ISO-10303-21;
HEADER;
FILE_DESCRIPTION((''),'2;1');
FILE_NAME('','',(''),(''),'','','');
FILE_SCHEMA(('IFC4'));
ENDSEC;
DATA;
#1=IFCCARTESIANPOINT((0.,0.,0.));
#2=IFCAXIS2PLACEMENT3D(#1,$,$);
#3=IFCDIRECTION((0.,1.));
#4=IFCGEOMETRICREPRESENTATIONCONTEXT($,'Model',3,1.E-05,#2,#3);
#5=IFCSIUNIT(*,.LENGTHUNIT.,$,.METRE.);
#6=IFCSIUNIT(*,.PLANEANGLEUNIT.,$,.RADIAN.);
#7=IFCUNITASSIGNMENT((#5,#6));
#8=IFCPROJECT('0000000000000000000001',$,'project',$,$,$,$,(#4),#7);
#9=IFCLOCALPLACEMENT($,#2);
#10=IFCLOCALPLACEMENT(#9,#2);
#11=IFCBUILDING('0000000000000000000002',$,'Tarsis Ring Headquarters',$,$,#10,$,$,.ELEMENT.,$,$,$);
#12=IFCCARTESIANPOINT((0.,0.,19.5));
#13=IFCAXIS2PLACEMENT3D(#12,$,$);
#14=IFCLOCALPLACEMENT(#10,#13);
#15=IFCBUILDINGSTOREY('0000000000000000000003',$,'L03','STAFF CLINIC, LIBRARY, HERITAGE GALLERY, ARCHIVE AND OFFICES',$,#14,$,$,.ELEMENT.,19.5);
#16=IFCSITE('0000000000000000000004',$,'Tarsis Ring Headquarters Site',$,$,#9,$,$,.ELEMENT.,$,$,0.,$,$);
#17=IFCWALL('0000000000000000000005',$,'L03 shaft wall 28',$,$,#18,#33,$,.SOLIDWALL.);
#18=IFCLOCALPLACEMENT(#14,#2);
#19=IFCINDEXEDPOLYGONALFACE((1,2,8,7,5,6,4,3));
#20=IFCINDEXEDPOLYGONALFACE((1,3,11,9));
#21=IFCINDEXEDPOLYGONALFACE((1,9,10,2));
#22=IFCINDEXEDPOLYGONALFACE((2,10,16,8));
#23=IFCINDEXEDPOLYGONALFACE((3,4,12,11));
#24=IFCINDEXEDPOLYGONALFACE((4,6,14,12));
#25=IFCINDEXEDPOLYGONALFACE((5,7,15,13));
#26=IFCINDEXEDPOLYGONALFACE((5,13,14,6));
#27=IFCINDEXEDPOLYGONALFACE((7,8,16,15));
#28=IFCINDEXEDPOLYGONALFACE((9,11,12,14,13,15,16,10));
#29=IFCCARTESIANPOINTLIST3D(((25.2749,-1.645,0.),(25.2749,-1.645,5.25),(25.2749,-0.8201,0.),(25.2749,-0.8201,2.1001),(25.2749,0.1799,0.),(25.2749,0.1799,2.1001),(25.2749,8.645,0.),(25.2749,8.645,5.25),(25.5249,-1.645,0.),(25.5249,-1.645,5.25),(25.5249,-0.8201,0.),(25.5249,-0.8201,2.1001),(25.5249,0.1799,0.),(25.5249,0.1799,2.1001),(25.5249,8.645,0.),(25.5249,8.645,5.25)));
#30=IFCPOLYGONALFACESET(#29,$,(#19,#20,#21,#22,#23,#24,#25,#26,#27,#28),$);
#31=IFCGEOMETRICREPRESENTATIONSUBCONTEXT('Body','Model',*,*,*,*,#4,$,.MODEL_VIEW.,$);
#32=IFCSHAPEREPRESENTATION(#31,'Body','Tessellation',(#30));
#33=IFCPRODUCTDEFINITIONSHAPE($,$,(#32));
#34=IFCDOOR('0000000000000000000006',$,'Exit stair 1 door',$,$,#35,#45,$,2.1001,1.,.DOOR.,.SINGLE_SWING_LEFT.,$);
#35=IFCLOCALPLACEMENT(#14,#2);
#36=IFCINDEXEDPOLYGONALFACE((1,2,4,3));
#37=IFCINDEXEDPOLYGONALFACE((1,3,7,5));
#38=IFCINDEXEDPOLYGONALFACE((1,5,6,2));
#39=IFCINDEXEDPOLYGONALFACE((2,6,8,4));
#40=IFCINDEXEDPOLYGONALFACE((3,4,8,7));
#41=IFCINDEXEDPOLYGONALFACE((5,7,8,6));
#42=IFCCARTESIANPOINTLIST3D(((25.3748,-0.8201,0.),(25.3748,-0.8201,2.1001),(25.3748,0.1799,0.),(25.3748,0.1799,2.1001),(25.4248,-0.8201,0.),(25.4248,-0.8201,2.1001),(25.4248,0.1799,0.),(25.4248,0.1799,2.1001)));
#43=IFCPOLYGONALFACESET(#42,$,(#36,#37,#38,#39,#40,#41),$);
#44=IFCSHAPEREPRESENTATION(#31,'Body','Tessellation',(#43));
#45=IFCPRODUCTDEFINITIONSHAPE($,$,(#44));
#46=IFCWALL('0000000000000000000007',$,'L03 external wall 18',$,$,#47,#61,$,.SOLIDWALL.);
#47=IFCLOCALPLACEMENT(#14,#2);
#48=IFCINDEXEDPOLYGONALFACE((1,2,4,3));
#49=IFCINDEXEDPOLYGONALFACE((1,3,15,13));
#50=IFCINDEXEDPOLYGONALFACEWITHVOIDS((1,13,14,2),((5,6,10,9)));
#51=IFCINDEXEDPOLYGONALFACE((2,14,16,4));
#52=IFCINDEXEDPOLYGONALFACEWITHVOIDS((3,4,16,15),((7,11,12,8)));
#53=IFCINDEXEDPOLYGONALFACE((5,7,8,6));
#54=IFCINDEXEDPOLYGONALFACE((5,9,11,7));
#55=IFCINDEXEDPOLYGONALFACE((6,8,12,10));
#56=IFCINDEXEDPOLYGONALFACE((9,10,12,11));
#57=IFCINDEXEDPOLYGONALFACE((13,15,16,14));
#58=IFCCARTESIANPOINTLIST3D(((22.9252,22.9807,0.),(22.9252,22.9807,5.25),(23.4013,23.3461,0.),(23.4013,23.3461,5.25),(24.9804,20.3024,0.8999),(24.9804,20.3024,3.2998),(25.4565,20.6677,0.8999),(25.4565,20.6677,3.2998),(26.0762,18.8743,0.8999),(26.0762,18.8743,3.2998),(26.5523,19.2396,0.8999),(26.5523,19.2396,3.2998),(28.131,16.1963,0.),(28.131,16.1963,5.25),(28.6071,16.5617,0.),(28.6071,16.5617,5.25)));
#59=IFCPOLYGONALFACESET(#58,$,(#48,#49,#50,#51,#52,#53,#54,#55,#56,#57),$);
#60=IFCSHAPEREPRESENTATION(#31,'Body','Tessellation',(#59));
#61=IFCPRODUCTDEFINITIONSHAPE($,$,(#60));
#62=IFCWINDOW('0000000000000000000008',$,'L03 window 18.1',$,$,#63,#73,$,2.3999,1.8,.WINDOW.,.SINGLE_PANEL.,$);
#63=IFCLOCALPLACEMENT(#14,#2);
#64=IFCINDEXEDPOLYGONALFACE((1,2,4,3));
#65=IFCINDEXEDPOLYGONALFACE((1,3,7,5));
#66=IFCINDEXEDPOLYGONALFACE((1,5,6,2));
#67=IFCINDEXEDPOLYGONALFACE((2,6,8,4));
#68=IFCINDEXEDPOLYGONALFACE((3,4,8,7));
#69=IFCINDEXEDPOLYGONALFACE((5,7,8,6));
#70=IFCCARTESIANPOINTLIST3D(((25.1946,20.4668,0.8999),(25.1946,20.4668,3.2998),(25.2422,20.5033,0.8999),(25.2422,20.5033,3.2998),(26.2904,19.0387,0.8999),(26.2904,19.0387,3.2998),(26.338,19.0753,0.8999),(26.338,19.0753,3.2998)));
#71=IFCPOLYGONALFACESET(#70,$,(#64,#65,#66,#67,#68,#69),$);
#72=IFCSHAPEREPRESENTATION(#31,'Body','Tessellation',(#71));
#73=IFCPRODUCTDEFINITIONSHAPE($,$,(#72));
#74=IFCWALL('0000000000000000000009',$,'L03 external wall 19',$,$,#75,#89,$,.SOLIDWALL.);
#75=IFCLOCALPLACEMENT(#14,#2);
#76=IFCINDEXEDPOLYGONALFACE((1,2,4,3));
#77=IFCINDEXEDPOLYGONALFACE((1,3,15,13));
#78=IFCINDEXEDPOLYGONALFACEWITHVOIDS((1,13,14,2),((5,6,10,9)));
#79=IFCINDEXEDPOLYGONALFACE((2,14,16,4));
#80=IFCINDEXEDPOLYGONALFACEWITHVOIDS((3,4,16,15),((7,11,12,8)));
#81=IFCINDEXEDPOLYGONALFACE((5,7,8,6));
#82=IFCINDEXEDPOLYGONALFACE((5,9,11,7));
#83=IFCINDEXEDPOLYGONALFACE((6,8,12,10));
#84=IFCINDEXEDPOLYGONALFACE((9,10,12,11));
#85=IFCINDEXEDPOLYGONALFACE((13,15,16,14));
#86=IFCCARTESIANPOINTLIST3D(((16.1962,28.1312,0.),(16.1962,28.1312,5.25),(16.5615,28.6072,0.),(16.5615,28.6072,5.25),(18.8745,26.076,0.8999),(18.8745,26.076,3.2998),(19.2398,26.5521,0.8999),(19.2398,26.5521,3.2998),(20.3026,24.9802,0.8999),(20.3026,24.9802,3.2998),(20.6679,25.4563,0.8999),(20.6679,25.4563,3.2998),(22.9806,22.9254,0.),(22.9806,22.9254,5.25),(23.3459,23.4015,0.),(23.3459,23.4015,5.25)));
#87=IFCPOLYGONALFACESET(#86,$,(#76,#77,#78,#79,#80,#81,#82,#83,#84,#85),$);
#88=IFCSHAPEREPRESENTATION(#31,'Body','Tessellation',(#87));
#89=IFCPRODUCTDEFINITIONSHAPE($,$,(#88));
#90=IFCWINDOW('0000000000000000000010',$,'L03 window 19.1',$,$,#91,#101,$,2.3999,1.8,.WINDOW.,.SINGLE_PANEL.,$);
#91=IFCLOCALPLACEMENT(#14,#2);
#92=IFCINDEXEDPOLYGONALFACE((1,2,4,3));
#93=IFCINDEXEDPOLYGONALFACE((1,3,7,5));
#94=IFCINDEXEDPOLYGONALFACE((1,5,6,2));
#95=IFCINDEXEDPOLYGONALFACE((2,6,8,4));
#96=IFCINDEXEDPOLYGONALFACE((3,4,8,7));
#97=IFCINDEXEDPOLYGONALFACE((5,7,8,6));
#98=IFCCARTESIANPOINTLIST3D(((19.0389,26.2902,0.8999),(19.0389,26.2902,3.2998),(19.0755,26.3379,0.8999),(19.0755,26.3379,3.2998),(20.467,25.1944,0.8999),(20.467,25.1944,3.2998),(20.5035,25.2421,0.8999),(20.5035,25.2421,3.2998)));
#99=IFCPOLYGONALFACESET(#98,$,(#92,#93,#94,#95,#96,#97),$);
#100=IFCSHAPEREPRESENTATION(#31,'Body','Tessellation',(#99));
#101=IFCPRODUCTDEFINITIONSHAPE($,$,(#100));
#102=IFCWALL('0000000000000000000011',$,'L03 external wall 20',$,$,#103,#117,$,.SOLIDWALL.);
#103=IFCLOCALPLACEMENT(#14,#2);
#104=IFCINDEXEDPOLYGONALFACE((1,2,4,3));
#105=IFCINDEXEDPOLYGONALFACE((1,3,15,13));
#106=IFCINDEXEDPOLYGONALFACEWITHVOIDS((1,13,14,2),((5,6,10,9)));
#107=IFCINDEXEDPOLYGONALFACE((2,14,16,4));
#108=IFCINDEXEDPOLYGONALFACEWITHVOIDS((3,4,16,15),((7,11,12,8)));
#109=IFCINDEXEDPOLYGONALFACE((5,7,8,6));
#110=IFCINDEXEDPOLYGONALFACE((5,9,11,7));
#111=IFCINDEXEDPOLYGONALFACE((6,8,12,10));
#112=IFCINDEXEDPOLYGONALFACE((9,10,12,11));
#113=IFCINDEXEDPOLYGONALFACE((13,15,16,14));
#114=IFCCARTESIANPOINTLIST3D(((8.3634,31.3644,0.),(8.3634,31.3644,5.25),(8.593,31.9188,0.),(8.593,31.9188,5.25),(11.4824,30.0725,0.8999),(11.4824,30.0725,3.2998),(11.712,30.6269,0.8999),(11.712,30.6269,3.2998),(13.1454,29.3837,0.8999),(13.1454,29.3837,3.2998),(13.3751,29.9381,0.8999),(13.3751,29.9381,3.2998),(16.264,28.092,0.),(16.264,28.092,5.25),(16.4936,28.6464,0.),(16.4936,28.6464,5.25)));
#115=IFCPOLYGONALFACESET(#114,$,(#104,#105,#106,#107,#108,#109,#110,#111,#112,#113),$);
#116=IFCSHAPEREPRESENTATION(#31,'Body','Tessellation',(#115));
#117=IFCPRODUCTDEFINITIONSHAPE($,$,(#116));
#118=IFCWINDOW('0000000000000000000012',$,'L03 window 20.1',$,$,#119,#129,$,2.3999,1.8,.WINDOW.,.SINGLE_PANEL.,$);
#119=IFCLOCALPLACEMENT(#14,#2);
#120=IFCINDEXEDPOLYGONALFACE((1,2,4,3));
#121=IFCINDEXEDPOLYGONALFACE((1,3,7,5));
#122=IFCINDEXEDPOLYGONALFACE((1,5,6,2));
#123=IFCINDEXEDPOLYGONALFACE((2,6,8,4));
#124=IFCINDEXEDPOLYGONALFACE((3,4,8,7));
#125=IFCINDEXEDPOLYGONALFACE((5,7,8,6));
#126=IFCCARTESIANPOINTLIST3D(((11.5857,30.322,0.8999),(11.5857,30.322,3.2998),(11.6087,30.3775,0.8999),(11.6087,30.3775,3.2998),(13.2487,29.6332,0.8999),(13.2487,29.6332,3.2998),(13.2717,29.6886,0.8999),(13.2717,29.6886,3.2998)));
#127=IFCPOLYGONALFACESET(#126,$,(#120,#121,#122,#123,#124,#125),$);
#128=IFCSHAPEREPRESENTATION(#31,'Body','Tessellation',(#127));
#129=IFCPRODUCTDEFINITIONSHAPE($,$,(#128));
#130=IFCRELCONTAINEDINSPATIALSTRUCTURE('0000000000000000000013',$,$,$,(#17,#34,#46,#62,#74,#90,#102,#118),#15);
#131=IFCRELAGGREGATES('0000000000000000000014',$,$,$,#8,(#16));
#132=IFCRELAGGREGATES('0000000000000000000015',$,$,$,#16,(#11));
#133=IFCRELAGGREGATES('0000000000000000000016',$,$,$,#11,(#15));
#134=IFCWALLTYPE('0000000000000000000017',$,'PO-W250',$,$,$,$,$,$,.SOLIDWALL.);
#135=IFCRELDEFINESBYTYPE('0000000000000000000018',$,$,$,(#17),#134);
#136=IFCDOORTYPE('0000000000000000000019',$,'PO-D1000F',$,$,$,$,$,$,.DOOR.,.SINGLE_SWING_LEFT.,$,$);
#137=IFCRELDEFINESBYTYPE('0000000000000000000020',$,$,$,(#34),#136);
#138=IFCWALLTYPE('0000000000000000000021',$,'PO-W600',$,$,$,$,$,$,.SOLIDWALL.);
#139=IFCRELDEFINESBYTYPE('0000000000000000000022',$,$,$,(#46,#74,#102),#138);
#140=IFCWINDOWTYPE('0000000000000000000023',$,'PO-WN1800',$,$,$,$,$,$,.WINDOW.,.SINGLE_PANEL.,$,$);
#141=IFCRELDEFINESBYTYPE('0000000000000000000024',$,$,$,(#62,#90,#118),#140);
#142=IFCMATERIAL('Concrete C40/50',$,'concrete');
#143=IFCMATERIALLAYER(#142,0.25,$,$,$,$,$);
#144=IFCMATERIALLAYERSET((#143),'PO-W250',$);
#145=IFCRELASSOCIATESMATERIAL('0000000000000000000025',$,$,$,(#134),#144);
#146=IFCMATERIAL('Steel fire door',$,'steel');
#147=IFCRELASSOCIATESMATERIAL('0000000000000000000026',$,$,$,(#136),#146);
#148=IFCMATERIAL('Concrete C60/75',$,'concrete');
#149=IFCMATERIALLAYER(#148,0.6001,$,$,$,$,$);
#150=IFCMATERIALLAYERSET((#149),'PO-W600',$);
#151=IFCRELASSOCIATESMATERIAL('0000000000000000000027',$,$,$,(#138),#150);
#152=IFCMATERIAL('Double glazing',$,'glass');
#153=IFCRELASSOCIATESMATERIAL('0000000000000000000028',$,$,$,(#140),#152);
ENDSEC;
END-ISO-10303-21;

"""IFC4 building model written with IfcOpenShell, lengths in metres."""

from ifc_helpers import new_model, si_unit, direction, frame, frame_2d, origin, place, context, subcontext, project, spatial, rectangle, extrude, material, layer, layer_set, type_object, element, fill, save


model = new_model("IFC4")

# Units and contexts
model_context = context("Model", 3, precision=1e-05, world=origin(), true_north=direction((0.0, 1.0)))
body_context = subcontext(model_context, "Body", "Model", "MODEL_VIEW")
ifc_project = project(units=[si_unit("LENGTHUNIT", "METRE"), si_unit("PLANEANGLEUNIT", "RADIAN")], contexts=[model_context])

# Site, building, storey
site_placement = place(None, origin())
site = spatial("IfcSite", under=ifc_project, at=site_placement, Name="Tarsis Ring Headquarters Site", CompositionType="ELEMENT", RefElevation=0.0)
building_placement = place(site_placement, origin())
building = spatial("IfcBuilding", under=site, at=building_placement, Name="Tarsis Ring Headquarters", CompositionType="ELEMENT")
storey_placement = place(building_placement, frame((0.0, 0.0, 19.5)))
storey = spatial("IfcBuildingStorey", under=building, at=storey_placement, Name="L03", Description="STAFF CLINIC, LIBRARY, HERITAGE GALLERY, ARCHIVE AND OFFICES", CompositionType="ELEMENT", Elevation=19.5)

# Shared definitions
ifc_material_1 = material(Name="Concrete C60/75", Category="concrete")

# Shared definitions
ifc_material_2 = material(Name="Concrete C40/50", Category="concrete")

# Wall, opening, door
ifc_layer_1 = layer(ifc_material_2, 0.25)
ifc_layer_set_1 = layer_set([ifc_layer_1], Name="PO-W250")
wall_type_1 = type_object("IfcWallType", Name="PO-W250", PredefinedType="SOLIDWALL", material=ifc_layer_set_1)
wall_1_placement = place(storey_placement, frame((25.3999, 8.645, 0.0), z_axis=(0.0, 0.0, 1.0), x_axis=(0.0, -1.0, 0.0)))
wall_1 = element("IfcWall", 1, at=wall_1_placement, inside=storey, type_object=wall_type_1, Name="L03 shaft wall 28", PredefinedType="SOLIDWALL", context=body_context, shape_type="SweptSolid", body=[
    extrude(rectangle(XDim=10.29, YDim=0.25, at=frame_2d((5.145, 0.0))), origin(), (0.0, 0.0, 1.0), 5.25),
])
opening_1_placement = place(wall_1_placement, frame((8.4651, 0.0, 0.0)))
opening_1 = element("IfcOpeningElement", 2, at=opening_1_placement, cuts=wall_1, PredefinedType="OPENING", context=body_context, shape_type="SweptSolid", body=[
    extrude(rectangle(XDim=1.0, YDim=2.1001, at=frame_2d((0.5, 1.05))), frame((0.0, 0.135, 0.0), z_axis=(0.0, -1.0, 0.0), x_axis=(1.0, 0.0, 0.0)), (0.0, 0.0, 1.0), 0.27),
])
ifc_material_3 = material(Name="Steel fire door", Category="steel")
door_type_1 = type_object("IfcDoorType", Name="PO-D1000F", OperationType="SINGLE_SWING_LEFT", PredefinedType="DOOR", material=ifc_material_3)
door_1_placement = place(opening_1_placement, origin())
door_1 = element("IfcDoor", 3, at=door_1_placement, inside=storey, type_object=door_type_1, Name="Exit stair 1 door", OperationType="SINGLE_SWING_LEFT", OverallHeight=2.1001, OverallWidth=1.0, PredefinedType="DOOR", context=body_context, shape_type="SweptSolid", body=[
    extrude(rectangle(XDim=1.0, YDim=2.1001, at=frame_2d((0.5, 1.05))), frame((0.0, 0.0249, 0.0), z_axis=(0.0, -1.0, 0.0), x_axis=(1.0, 0.0, 0.0)), (0.0, 0.0, 1.0), 0.05),
])
fill(opening_1, door_1)

# Walls, openings, windows
ifc_layer_2 = layer(ifc_material_1, 0.6001)
ifc_layer_set_2 = layer_set([ifc_layer_2], Name="PO-W600")
wall_type_2 = type_object("IfcWallType", Name="PO-W600", PredefinedType="SOLIDWALL", material=ifc_layer_set_2)
wall_2_placement = place(storey_placement, frame((28.3691, 16.3789, 0.0), z_axis=(0.0, 0.0, 1.0), x_axis=(-0.608757, 0.793357, 0.0)))
wall_2 = element("IfcWall", 4, at=wall_2_placement, inside=storey, type_object=wall_type_2, Name="L03 external wall 18", PredefinedType="SOLIDWALL", context=body_context, shape_type="SweptSolid", body=[
    extrude(rectangle(XDim=8.5515, YDim=0.6001, at=frame_2d((4.2759, 0.0))), origin(), (0.0, 0.0, 1.0), 5.25),
])
opening_2_placement = place(wall_2_placement, frame((3.3757, 0.0, 0.8999)))
opening_2 = element("IfcOpeningElement", 5, at=opening_2_placement, cuts=wall_2, PredefinedType="OPENING", context=body_context, shape_type="SweptSolid", body=[
    extrude(rectangle(XDim=1.8, YDim=2.3999, at=frame_2d((0.8999, 1.2))), frame((0.0, 0.3101, 0.0), z_axis=(0.0, -1.0, 0.0), x_axis=(1.0, 0.0, 0.0)), (0.0, 0.0, 1.0), 0.6201),
])
ifc_material_4 = material(Name="Double glazing", Category="glass")
window_type = type_object("IfcWindowType", Name="PO-WN1800", PartitioningType="SINGLE_PANEL", PredefinedType="WINDOW", material=ifc_material_4)
window_1_placement = place(opening_2_placement, origin())
window_1 = element("IfcWindow", 6, at=window_1_placement, inside=storey, type_object=window_type, Name="L03 window 18.1", OverallHeight=2.3999, OverallWidth=1.8, PartitioningType="SINGLE_PANEL", PredefinedType="WINDOW", context=body_context, shape_type="SweptSolid", body=[
    extrude(rectangle(XDim=1.8, YDim=2.3999, at=frame_2d((0.8999, 1.2))), frame((0.0, 0.03, 0.0), z_axis=(0.0, -1.0, 0.0), x_axis=(1.0, 0.0, 0.0)), (0.0, 0.0, 1.0), 0.0601),
])
fill(opening_2, window_1)
wall_3_placement = place(storey_placement, frame((23.1633, 23.1633, 0.0), z_axis=(0.0, 0.0, 1.0), x_axis=(-0.793357, 0.608757, 0.0)))
wall_3 = element("IfcWall", 7, at=wall_3_placement, inside=storey, type_object=wall_type_2, Name="L03 external wall 19", PredefinedType="SOLIDWALL", context=body_context, shape_type="SweptSolid", body=[
    extrude(rectangle(XDim=8.5515, YDim=0.6001, at=frame_2d((4.2759, 0.0))), origin(), (0.0, 0.0, 1.0), 5.25),
])
opening_3_placement = place(wall_3_placement, frame((3.3757, 0.0, 0.8999)))
opening_3 = element("IfcOpeningElement", 8, at=opening_3_placement, cuts=wall_3, PredefinedType="OPENING", context=body_context, shape_type="SweptSolid", body=[
    extrude(rectangle(XDim=1.8, YDim=2.3999, at=frame_2d((0.8999, 1.2))), frame((0.0, 0.3101, 0.0), z_axis=(0.0, -1.0, 0.0), x_axis=(1.0, 0.0, 0.0)), (0.0, 0.0, 1.0), 0.6201),
])
window_2_placement = place(opening_3_placement, origin())
window_2 = element("IfcWindow", 9, at=window_2_placement, inside=storey, type_object=window_type, Name="L03 window 19.1", OverallHeight=2.3999, OverallWidth=1.8, PartitioningType="SINGLE_PANEL", PredefinedType="WINDOW", context=body_context, shape_type="SweptSolid", body=[
    extrude(rectangle(XDim=1.8, YDim=2.3999, at=frame_2d((0.8999, 1.2))), frame((0.0, 0.03, 0.0), z_axis=(0.0, -1.0, 0.0), x_axis=(1.0, 0.0, 0.0)), (0.0, 0.0, 1.0), 0.0601),
])
fill(opening_3, window_2)
wall_4_placement = place(storey_placement, frame((16.3789, 28.3691, 0.0), z_axis=(0.0, 0.0, 1.0), x_axis=(-0.923883, 0.382675, 0.0)))
wall_4 = element("IfcWall", 10, at=wall_4_placement, inside=storey, type_object=wall_type_2, Name="L03 external wall 20", PredefinedType="SOLIDWALL", context=body_context, shape_type="SweptSolid", body=[
    extrude(rectangle(XDim=8.5515, YDim=0.6001, at=frame_2d((4.2759, 0.0))), origin(), (0.0, 0.0, 1.0), 5.25),
])
opening_4_placement = place(wall_4_placement, frame((3.3757, 0.0, 0.8999)))
opening_4 = element("IfcOpeningElement", 11, at=opening_4_placement, cuts=wall_4, PredefinedType="OPENING", context=body_context, shape_type="SweptSolid", body=[
    extrude(rectangle(XDim=1.8, YDim=2.3999, at=frame_2d((0.8999, 1.2))), frame((0.0, 0.3101, 0.0), z_axis=(0.0, -1.0, 0.0), x_axis=(1.0, 0.0, 0.0)), (0.0, 0.0, 1.0), 0.6201),
])
window_3_placement = place(opening_4_placement, origin())
window_3 = element("IfcWindow", 12, at=window_3_placement, inside=storey, type_object=window_type, Name="L03 window 20.1", OverallHeight=2.3999, OverallWidth=1.8, PartitioningType="SINGLE_PANEL", PredefinedType="WINDOW", context=body_context, shape_type="SweptSolid", body=[
    extrude(rectangle(XDim=1.8, YDim=2.3999, at=frame_2d((0.8999, 1.2))), frame((0.0, 0.03, 0.0), z_axis=(0.0, -1.0, 0.0), x_axis=(1.0, 0.0, 0.0)), (0.0, 0.0, 1.0), 0.0601),
])
fill(opening_4, window_3)

save(model, "model.ifc")
